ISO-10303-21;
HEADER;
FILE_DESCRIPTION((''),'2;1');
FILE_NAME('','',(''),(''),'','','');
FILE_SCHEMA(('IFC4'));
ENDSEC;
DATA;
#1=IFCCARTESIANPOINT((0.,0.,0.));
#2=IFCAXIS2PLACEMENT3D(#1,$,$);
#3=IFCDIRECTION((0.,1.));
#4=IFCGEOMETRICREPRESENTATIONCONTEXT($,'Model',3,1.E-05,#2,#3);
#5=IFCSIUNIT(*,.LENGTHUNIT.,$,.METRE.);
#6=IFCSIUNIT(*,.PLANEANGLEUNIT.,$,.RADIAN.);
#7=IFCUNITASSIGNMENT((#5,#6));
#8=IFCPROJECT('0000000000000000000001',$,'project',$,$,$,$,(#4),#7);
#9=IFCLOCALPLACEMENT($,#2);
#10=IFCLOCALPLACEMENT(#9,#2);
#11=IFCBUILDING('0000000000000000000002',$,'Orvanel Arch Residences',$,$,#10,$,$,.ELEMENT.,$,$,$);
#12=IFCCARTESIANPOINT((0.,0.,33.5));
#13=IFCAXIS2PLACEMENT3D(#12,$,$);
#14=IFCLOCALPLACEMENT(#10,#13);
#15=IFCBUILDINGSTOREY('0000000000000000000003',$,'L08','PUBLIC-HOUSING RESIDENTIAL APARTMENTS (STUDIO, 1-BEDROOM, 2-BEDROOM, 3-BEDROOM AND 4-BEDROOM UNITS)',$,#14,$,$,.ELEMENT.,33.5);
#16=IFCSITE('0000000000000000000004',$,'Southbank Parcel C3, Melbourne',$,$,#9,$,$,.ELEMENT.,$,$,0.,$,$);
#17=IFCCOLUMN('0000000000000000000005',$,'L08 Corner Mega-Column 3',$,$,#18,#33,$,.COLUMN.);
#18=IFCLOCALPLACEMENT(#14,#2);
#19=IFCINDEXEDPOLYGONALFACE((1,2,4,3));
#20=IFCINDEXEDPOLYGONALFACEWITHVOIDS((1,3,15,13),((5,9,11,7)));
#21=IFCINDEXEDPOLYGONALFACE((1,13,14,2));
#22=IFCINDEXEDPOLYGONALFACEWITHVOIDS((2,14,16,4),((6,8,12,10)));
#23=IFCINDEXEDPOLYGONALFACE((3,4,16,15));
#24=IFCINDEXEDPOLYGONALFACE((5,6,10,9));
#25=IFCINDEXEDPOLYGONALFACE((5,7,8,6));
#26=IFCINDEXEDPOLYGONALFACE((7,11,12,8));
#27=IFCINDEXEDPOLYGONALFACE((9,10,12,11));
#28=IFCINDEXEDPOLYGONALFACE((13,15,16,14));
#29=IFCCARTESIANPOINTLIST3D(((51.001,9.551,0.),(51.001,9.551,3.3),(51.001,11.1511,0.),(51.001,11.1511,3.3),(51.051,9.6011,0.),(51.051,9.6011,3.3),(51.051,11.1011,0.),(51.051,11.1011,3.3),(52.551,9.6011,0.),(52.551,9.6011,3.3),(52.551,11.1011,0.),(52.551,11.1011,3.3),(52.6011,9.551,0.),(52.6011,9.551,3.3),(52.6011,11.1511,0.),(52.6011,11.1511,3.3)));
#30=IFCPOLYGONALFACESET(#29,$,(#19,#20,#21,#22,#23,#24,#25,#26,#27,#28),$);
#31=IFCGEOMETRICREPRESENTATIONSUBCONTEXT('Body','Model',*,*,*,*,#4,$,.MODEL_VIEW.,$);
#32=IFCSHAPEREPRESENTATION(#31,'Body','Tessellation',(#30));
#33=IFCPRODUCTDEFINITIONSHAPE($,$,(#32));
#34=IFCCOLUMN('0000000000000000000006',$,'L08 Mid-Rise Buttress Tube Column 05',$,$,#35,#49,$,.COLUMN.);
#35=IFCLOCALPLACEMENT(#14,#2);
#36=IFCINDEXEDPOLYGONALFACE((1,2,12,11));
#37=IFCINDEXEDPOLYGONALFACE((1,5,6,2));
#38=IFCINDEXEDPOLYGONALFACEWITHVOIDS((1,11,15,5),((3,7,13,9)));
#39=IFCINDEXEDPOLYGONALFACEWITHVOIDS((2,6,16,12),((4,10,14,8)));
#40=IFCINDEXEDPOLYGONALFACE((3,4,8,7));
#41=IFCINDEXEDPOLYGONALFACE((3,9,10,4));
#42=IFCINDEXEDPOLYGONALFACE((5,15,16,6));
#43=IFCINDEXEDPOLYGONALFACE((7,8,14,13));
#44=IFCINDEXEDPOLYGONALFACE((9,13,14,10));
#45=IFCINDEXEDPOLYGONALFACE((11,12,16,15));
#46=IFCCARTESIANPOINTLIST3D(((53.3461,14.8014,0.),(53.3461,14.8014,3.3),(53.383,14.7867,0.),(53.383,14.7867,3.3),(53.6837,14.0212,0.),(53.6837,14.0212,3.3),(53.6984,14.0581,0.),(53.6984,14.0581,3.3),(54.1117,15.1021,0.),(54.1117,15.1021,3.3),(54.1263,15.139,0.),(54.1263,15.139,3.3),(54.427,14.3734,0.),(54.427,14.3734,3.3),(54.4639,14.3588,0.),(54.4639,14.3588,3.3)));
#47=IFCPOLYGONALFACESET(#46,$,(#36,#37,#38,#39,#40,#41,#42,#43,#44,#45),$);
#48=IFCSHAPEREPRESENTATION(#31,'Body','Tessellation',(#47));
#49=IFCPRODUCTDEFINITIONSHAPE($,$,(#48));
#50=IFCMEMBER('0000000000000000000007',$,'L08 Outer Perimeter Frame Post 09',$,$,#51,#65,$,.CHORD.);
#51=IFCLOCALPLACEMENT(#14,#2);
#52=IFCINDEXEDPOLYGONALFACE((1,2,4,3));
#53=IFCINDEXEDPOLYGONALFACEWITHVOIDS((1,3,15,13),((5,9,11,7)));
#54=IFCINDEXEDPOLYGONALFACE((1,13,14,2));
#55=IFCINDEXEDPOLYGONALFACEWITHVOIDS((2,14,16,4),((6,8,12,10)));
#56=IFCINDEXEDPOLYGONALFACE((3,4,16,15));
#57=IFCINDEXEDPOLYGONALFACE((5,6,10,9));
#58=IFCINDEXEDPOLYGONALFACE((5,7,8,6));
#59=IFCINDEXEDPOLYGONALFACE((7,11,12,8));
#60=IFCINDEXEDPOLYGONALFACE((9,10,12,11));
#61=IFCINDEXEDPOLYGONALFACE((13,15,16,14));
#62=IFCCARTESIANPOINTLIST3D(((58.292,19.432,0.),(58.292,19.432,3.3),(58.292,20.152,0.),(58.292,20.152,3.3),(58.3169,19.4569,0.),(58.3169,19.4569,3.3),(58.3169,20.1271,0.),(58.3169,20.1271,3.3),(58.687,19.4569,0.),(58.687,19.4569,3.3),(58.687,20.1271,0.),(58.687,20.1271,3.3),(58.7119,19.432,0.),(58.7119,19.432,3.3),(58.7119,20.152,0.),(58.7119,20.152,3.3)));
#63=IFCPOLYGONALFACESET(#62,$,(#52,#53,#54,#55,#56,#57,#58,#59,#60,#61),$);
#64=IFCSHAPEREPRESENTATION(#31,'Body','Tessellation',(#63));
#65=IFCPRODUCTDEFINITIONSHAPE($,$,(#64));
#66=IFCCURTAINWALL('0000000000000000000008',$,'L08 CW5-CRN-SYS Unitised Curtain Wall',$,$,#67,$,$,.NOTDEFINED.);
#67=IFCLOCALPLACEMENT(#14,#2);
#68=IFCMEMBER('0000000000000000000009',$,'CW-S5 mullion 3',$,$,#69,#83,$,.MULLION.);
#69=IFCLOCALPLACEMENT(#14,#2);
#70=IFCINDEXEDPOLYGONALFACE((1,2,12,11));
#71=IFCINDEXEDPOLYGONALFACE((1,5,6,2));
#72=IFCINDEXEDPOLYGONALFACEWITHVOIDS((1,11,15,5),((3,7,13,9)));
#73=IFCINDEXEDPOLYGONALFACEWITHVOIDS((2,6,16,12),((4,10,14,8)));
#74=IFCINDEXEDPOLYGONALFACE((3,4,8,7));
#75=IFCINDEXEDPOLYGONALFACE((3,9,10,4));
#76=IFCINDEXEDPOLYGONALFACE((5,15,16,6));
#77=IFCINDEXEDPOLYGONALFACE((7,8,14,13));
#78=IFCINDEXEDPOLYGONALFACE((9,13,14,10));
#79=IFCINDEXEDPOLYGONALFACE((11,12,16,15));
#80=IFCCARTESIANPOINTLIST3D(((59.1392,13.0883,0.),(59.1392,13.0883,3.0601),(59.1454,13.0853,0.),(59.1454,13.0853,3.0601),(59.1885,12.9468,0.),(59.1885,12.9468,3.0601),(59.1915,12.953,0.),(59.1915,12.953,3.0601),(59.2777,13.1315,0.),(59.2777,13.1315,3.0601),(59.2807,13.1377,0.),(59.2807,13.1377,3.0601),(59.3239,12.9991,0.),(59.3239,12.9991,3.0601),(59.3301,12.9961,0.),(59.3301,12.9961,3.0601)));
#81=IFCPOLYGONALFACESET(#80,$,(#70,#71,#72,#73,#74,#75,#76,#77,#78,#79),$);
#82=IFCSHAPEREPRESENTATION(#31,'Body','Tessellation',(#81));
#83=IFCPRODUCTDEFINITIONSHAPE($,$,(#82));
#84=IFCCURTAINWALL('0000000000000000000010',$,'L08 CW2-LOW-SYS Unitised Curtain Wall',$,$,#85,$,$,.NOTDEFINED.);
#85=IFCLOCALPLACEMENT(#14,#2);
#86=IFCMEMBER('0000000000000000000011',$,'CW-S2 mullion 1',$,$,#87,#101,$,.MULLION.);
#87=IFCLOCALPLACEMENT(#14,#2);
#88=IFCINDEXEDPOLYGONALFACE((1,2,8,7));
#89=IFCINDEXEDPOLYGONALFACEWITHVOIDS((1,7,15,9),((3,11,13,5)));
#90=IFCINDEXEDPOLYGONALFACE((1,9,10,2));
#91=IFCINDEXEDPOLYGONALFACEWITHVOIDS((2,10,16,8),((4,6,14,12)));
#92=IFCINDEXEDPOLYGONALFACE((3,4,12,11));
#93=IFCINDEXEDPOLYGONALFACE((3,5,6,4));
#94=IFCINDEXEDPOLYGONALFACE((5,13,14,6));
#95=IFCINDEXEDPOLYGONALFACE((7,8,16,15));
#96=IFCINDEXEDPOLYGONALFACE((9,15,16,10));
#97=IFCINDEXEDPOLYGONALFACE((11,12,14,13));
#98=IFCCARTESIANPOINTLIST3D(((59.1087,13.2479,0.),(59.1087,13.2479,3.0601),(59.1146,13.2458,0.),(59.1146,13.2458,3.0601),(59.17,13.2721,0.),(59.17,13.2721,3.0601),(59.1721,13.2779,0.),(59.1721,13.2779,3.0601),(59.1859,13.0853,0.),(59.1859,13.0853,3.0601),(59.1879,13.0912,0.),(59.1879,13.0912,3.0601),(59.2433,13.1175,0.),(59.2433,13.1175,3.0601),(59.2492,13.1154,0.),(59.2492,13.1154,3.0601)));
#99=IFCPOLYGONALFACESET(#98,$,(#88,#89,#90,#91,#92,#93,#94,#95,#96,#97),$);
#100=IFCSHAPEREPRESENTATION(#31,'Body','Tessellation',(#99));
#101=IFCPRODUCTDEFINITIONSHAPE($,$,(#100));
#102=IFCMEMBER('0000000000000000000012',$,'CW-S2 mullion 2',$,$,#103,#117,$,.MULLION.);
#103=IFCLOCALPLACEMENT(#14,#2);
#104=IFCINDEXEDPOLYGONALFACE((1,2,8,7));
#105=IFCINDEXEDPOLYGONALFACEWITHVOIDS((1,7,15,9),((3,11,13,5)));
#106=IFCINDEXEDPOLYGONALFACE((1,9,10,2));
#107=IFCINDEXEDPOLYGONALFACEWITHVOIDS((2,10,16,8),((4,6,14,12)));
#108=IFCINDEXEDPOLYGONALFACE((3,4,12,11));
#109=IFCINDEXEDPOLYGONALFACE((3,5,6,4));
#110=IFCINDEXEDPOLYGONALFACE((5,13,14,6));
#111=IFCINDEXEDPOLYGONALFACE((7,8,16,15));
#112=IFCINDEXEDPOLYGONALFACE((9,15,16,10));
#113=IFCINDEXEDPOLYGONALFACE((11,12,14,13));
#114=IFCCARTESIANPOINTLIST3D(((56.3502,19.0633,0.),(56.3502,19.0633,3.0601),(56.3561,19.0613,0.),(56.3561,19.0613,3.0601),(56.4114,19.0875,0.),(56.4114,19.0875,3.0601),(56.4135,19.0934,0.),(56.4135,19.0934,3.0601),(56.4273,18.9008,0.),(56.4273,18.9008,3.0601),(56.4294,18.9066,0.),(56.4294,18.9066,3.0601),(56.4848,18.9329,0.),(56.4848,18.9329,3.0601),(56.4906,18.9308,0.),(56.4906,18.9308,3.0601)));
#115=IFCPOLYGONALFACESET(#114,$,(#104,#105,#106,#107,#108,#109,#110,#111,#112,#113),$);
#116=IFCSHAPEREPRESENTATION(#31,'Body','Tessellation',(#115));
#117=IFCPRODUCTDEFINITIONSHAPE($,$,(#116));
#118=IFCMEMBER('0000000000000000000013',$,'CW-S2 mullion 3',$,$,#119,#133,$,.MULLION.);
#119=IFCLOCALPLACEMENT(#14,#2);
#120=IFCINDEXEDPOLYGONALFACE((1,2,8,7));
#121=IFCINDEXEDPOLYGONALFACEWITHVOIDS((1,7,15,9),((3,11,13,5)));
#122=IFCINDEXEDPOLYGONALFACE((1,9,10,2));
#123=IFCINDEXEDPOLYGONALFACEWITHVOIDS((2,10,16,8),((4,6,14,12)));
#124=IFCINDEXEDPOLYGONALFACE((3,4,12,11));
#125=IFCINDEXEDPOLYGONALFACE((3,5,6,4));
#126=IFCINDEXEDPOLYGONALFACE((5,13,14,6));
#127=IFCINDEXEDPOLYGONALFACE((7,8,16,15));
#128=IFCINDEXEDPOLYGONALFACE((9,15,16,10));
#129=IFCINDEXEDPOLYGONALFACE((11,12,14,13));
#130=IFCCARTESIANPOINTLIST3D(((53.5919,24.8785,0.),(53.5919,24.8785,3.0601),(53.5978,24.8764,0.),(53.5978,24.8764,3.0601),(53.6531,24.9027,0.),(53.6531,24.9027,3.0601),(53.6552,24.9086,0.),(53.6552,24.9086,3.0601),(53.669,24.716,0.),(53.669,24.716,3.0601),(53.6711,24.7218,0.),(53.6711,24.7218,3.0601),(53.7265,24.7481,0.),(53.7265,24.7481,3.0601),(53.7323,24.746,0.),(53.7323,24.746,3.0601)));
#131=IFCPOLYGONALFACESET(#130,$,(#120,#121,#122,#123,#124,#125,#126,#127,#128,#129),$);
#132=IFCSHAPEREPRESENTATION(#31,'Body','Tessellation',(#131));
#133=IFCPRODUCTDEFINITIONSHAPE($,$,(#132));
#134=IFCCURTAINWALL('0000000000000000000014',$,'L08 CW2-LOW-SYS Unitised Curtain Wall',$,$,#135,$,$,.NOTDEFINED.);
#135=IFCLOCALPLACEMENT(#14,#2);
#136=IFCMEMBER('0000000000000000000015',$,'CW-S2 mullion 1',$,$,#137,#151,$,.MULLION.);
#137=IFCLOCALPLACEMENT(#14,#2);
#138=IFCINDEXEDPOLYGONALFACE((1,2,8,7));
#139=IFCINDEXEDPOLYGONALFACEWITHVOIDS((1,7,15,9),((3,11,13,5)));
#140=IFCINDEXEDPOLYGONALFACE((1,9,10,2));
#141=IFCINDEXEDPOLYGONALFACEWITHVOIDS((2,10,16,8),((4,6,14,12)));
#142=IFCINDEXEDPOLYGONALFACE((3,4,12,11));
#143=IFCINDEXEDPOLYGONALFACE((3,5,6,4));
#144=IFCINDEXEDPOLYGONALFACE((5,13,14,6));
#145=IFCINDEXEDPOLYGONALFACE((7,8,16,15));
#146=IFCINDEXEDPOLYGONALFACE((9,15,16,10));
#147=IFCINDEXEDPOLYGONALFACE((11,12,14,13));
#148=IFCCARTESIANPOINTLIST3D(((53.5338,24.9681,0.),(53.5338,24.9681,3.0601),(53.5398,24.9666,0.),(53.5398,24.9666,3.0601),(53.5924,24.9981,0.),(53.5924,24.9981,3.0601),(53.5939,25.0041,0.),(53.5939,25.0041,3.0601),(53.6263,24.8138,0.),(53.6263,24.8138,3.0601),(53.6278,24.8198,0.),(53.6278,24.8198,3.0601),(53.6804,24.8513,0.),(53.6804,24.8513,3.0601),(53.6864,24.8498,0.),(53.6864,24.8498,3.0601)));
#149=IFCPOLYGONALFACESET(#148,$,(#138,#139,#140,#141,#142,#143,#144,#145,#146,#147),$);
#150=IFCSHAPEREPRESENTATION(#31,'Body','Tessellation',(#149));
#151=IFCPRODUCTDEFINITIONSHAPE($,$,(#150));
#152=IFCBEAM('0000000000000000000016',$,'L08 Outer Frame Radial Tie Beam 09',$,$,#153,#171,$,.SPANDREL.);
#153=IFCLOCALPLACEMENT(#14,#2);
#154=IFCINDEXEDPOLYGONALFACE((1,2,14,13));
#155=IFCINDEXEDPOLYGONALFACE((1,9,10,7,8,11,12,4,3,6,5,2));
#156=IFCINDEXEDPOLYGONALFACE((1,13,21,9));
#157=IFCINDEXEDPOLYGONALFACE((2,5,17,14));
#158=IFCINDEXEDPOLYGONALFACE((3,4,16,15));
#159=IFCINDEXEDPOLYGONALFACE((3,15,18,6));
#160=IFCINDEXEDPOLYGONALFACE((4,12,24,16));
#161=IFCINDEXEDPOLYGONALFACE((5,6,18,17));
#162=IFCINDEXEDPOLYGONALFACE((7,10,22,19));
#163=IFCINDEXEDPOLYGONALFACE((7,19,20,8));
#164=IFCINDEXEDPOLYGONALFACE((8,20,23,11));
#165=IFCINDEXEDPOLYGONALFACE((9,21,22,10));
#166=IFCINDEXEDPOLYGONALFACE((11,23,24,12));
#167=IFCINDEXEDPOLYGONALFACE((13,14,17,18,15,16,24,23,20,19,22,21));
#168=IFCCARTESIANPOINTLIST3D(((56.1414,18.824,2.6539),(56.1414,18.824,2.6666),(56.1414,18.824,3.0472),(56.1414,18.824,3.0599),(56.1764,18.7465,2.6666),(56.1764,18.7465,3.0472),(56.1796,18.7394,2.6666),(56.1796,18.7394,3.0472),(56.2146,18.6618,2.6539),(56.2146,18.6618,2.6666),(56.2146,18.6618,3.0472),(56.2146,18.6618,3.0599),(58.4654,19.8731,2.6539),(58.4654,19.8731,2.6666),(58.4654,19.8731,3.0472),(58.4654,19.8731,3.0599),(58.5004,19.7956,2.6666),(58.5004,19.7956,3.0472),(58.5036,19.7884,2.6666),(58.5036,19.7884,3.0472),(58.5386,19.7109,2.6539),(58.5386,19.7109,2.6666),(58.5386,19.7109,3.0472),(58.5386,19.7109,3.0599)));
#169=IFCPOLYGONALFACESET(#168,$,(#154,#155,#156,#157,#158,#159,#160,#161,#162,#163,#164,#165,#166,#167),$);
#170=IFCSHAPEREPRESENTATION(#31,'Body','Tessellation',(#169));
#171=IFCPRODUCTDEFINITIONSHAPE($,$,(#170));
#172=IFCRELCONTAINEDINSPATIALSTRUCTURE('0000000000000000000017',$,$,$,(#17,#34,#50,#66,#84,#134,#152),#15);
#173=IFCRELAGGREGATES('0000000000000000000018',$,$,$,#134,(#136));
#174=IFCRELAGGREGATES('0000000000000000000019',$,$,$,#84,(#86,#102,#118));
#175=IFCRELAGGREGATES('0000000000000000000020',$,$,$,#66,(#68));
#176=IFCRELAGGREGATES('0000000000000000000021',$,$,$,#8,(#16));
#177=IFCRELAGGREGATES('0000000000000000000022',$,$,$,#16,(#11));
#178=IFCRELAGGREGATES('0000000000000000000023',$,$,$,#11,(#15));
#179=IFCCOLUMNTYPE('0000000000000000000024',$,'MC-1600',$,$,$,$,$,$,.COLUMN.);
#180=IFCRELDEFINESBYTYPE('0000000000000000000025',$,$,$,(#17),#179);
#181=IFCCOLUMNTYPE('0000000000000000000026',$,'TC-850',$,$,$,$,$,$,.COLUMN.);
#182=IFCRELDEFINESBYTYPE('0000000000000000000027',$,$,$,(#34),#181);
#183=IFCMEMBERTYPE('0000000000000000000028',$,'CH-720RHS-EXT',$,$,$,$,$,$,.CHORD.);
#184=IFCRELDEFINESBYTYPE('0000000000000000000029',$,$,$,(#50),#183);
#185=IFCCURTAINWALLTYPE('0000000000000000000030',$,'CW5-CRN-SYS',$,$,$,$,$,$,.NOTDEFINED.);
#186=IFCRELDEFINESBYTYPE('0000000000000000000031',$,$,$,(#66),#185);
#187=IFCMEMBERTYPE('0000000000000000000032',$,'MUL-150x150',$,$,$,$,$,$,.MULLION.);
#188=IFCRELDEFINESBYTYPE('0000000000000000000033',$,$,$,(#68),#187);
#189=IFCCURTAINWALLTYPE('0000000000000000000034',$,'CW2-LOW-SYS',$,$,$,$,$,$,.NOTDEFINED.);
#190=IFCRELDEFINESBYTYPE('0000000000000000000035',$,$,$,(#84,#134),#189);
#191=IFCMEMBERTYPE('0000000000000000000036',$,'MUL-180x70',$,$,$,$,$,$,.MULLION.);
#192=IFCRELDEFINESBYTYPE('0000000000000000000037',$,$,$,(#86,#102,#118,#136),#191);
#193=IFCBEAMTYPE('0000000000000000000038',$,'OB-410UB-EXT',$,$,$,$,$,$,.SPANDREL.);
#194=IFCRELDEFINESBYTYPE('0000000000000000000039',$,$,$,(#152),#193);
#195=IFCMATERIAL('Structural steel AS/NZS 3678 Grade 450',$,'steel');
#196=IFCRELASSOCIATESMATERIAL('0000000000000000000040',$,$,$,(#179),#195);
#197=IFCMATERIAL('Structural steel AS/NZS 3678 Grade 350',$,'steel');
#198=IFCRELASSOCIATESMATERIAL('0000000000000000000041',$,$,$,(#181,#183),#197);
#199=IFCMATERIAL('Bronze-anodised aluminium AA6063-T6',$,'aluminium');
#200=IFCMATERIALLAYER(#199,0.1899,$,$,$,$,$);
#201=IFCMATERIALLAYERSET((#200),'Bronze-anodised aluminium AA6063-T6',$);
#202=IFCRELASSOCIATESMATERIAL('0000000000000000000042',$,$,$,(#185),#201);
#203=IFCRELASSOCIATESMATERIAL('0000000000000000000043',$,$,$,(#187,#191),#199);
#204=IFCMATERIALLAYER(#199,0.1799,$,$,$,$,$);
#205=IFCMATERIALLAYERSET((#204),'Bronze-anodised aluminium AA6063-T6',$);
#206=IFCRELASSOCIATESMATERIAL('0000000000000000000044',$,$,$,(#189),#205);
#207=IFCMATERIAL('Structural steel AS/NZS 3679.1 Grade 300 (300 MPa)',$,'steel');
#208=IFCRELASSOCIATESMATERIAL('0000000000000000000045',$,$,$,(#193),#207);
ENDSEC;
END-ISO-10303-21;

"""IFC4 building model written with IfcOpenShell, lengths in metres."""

from ifc_helpers import new_model, si_unit, direction, frame, origin, origin_2d, place, context, subcontext, project, spatial, hollow_rectangle, i_section, extrude, material, layer, layer_set, material_profile, profile_set, type_object, element, aggregate, save


model = new_model("IFC4")

# Units and contexts
model_context = context("Model", 3, precision=1e-05, world=origin(), true_north=direction((0.0, 1.0)))
body_context = subcontext(model_context, "Body", "Model", "MODEL_VIEW")
ifc_project = project(units=[si_unit("LENGTHUNIT", "METRE"), si_unit("PLANEANGLEUNIT", "RADIAN")], contexts=[model_context])

# Site, building, storey
site_placement = place(None, origin())
site = spatial("IfcSite", under=ifc_project, at=site_placement, Name="Southbank Parcel C3, Melbourne", CompositionType="ELEMENT", RefElevation=0.0)
building_placement = place(site_placement, origin())
building = spatial("IfcBuilding", under=site, at=building_placement, Name="Orvanel Arch Residences", CompositionType="ELEMENT")
storey_placement = place(building_placement, frame((0.0, 0.0, 33.5)))
storey = spatial("IfcBuildingStorey", under=building, at=storey_placement, Name="L08", Description="PUBLIC-HOUSING RESIDENTIAL APARTMENTS (STUDIO, 1-BEDROOM, 2-BEDROOM, 3-BEDROOM AND 4-BEDROOM UNITS)", CompositionType="ELEMENT", Elevation=33.5)

# Columns
ifc_material_1 = material(Name="Structural steel AS/NZS 3678 Grade 450", Category="steel")
ifc_material_profile_1 = material_profile(ifc_material_1, hollow_rectangle(XDim=1.6001, YDim=1.6001, WallThickness=0.05, at=origin_2d()), Name="BOX1600x1600x50")
ifc_profile_set_1 = profile_set([ifc_material_profile_1], Name="Structural steel AS/NZS 3678 Grade 450")
column_type_1 = type_object("IfcColumnType", Name="MC-1600", PredefinedType="COLUMN", material=ifc_profile_set_1)
column_1_placement = place(storey_placement, frame((51.801, 10.3511, 0.0), z_axis=(0.0, 0.0, 1.0), x_axis=(1.0, 0.0, 0.0)))
element("IfcColumn", 1, at=column_1_placement, inside=storey, type_object=column_type_1, Name="L08 Corner Mega-Column 3", PredefinedType="COLUMN", context=body_context, shape_type="SweptSolid", body=[
    extrude(hollow_rectangle(XDim=1.6001, YDim=1.6001, WallThickness=0.05, at=origin_2d()), origin(), (0.0, 0.0, 1.0), 3.3),
])
ifc_material_2 = material(Name="Structural steel AS/NZS 3678 Grade 350", Category="steel")
ifc_material_profile_2 = material_profile(ifc_material_2, hollow_rectangle(XDim=0.8501, YDim=0.8501, WallThickness=0.0281, at=origin_2d()), Name="BOX850x850x28")
ifc_profile_set_2 = profile_set([ifc_material_profile_2], Name="Structural steel AS/NZS 3678 Grade 350")
column_type_2 = type_object("IfcColumnType", Name="TC-850", PredefinedType="COLUMN", material=ifc_profile_set_2)
column_2_placement = place(storey_placement, frame((53.905, 14.5801, 0.0), z_axis=(0.0, 0.0, 1.0), x_axis=(-0.397148, 0.917755, 0.0)))
element("IfcColumn", 2, at=column_2_placement, inside=storey, type_object=column_type_2, Name="L08 Mid-Rise Buttress Tube Column 05", PredefinedType="COLUMN", context=body_context, shape_type="SweptSolid", body=[
    extrude(hollow_rectangle(XDim=0.8501, YDim=0.8501, WallThickness=0.0281, at=origin_2d()), origin(), (0.0, 0.0, 1.0), 3.3),
])

# Member
ifc_material_profile_3 = material_profile(ifc_material_2, hollow_rectangle(XDim=0.4199, YDim=0.72, WallThickness=0.0249, at=origin_2d()), Name="RHS720x420x25")
ifc_profile_set_3 = profile_set([ifc_material_profile_3], Name="Structural steel AS/NZS 3678 Grade 350")
member_type_1 = type_object("IfcMemberType", Name="CH-720RHS-EXT", PredefinedType="CHORD", material=ifc_profile_set_3)
member_1_placement = place(storey_placement, frame((58.502, 19.792, 0.0), z_axis=(0.0, 0.0, 1.0), x_axis=(1.0, 0.0, 0.0)))
element("IfcMember", 3, at=member_1_placement, inside=storey, type_object=member_type_1, Name="L08 Outer Perimeter Frame Post 09", PredefinedType="CHORD", context=body_context, shape_type="SweptSolid", body=[
    extrude(hollow_rectangle(XDim=0.4199, YDim=0.72, WallThickness=0.0249, at=origin_2d()), origin(), (0.0, 0.0, 1.0), 3.3),
])

# Curtain wall, member
ifc_material_3 = material(Name="Bronze-anodised aluminium AA6063-T6", Category="aluminium")
ifc_layer_1 = layer(ifc_material_3, 0.1899)
ifc_layer_set_1 = layer_set([ifc_layer_1], Name="Bronze-anodised aluminium AA6063-T6")
curtain_wall_type_1 = type_object("IfcCurtainWallType", Name="CW5-CRN-SYS", PredefinedType="NOTDEFINED", material=ifc_layer_set_1)
curtain_wall_1_placement = place(storey_placement, origin())
curtain_wall_1 = element("IfcCurtainWall", 4, at=curtain_wall_1_placement, inside=storey, type_object=curtain_wall_type_1, Name="L08 CW5-CRN-SYS Unitised Curtain Wall", PredefinedType="NOTDEFINED")
ifc_material_profile_4 = material_profile(ifc_material_3, hollow_rectangle(XDim=0.1499, YDim=0.1499, WallThickness=0.0049, at=origin_2d()), Name="ALU150x150x5")
ifc_profile_set_4 = profile_set([ifc_material_profile_4], Name="Bronze-anodised aluminium AA6063-T6")
member_type_2 = type_object("IfcMemberType", Name="MUL-150x150", PredefinedType="MULLION", material=ifc_profile_set_4)
member_2_placement = place(storey_placement, frame((59.2346, 13.0422, 0.0), z_axis=(0.0, 0.0, 1.0), x_axis=(-0.944244, -0.329246, 0.0)))
member_2 = element("IfcMember", 5, at=member_2_placement, type_object=member_type_2, Name="CW-S5 mullion 3", PredefinedType="MULLION", context=body_context, shape_type="SweptSolid", body=[
    extrude(hollow_rectangle(XDim=0.1499, YDim=0.1499, WallThickness=0.0049, at=origin_2d()), origin(), (0.0, 0.0, 1.0), 3.0601),
])

# Curtain wall, members
ifc_layer_2 = layer(ifc_material_3, 0.1799)
ifc_layer_set_2 = layer_set([ifc_layer_2], Name="Bronze-anodised aluminium AA6063-T6")
curtain_wall_type_2 = type_object("IfcCurtainWallType", Name="CW2-LOW-SYS", PredefinedType="NOTDEFINED", material=ifc_layer_set_2)
curtain_wall_2_placement = place(storey_placement, origin())
curtain_wall_2 = element("IfcCurtainWall", 6, at=curtain_wall_2_placement, inside=storey, type_object=curtain_wall_type_2, Name="L08 CW2-LOW-SYS Unitised Curtain Wall", PredefinedType="NOTDEFINED")
ifc_material_profile_5 = material_profile(ifc_material_3, hollow_rectangle(XDim=0.0701, YDim=0.1799, WallThickness=0.0044, at=origin_2d()), Name="ALU180x70x4.5")
ifc_profile_set_5 = profile_set([ifc_material_profile_5], Name="Bronze-anodised aluminium AA6063-T6")
member_type_3 = type_object("IfcMemberType", Name="MUL-180x70", PredefinedType="MULLION", material=ifc_profile_set_5)
member_3_placement = place(storey_placement, frame((59.179, 13.1816, 0.0), z_axis=(0.0, 0.0, 1.0), x_axis=(-0.903506, -0.428575, 0.0)))
member_3 = element("IfcMember", 7, at=member_3_placement, type_object=member_type_3, Name="CW-S2 mullion 1", PredefinedType="MULLION", context=body_context, shape_type="SweptSolid", body=[
    extrude(hollow_rectangle(XDim=0.0701, YDim=0.1799, WallThickness=0.0044, at=origin_2d()), origin(), (0.0, 0.0, 1.0), 3.0601),
])
member_4_placement = place(storey_placement, frame((56.4204, 18.9971, 0.0), z_axis=(0.0, 0.0, 1.0), x_axis=(-0.903506, -0.428575, 0.0)))
member_4 = element("IfcMember", 8, at=member_4_placement, type_object=member_type_3, Name="CW-S2 mullion 2", PredefinedType="MULLION", context=body_context, shape_type="SweptSolid", body=[
    extrude(hollow_rectangle(XDim=0.0701, YDim=0.1799, WallThickness=0.0044, at=origin_2d()), origin(), (0.0, 0.0, 1.0), 3.0601),
])
member_5_placement = place(storey_placement, frame((53.6621, 24.8123, 0.0), z_axis=(0.0, 0.0, 1.0), x_axis=(-0.903506, -0.428575, 0.0)))
member_5 = element("IfcMember", 9, at=member_5_placement, type_object=member_type_3, Name="CW-S2 mullion 3", PredefinedType="MULLION", context=body_context, shape_type="SweptSolid", body=[
    extrude(hollow_rectangle(XDim=0.0701, YDim=0.1799, WallThickness=0.0044, at=origin_2d()), origin(), (0.0, 0.0, 1.0), 3.0601),
])

# Curtain wall, member
curtain_wall_3_placement = place(storey_placement, origin())
curtain_wall_3 = element("IfcCurtainWall", 10, at=curtain_wall_3_placement, inside=storey, type_object=curtain_wall_type_2, Name="L08 CW2-LOW-SYS Unitised Curtain Wall", PredefinedType="NOTDEFINED")
member_6_placement = place(storey_placement, frame((53.6101, 24.9089, 0.0), z_axis=(0.0, 0.0, 1.0), x_axis=(-0.857555, -0.514393, 0.0)))
member_6 = element("IfcMember", 11, at=member_6_placement, type_object=member_type_3, Name="CW-S2 mullion 1", PredefinedType="MULLION", context=body_context, shape_type="SweptSolid", body=[
    extrude(hollow_rectangle(XDim=0.0701, YDim=0.1799, WallThickness=0.0044, at=origin_2d()), origin(), (0.0, 0.0, 1.0), 3.0601),
])

# Beam
ifc_material_4 = material(Name="Structural steel AS/NZS 3679.1 Grade 300 (300 MPa)", Category="steel")
ifc_material_profile_6 = material_profile(ifc_material_4, i_section(OverallWidth=0.178, OverallDepth=0.406, WebThickness=0.0078, FlangeThickness=0.0127, at=origin_2d()), Name="410UB59.7")
ifc_profile_set_6 = profile_set([ifc_material_profile_6], Name="Structural steel AS/NZS 3679.1 Grade 300 (300 MPa)")
beam_type_1 = type_object("IfcBeamType", Name="OB-410UB-EXT", PredefinedType="SPANDREL", material=ifc_profile_set_6)
beam_1_placement = place(storey_placement, frame((56.178, 18.7429, 2.8569), z_axis=(0.911439, 0.411435, 0.0), x_axis=(-0.411435, 0.911439, 0.0)))
element("IfcBeam", 12, at=beam_1_placement, inside=storey, type_object=beam_type_1, Name="L08 Outer Frame Radial Tie Beam 09", PredefinedType="SPANDREL", context=body_context, shape_type="SweptSolid", body=[
    extrude(i_section(OverallWidth=0.178, OverallDepth=0.406, WebThickness=0.0078, FlangeThickness=0.0127, at=origin_2d()), origin(), (0.0, 0.0, 1.0), 2.5498),
])

aggregate(curtain_wall_3, [member_6])

aggregate(curtain_wall_2, [member_3, member_4, member_5])
aggregate(curtain_wall_1, [member_2])

save(model, "model.ifc")
